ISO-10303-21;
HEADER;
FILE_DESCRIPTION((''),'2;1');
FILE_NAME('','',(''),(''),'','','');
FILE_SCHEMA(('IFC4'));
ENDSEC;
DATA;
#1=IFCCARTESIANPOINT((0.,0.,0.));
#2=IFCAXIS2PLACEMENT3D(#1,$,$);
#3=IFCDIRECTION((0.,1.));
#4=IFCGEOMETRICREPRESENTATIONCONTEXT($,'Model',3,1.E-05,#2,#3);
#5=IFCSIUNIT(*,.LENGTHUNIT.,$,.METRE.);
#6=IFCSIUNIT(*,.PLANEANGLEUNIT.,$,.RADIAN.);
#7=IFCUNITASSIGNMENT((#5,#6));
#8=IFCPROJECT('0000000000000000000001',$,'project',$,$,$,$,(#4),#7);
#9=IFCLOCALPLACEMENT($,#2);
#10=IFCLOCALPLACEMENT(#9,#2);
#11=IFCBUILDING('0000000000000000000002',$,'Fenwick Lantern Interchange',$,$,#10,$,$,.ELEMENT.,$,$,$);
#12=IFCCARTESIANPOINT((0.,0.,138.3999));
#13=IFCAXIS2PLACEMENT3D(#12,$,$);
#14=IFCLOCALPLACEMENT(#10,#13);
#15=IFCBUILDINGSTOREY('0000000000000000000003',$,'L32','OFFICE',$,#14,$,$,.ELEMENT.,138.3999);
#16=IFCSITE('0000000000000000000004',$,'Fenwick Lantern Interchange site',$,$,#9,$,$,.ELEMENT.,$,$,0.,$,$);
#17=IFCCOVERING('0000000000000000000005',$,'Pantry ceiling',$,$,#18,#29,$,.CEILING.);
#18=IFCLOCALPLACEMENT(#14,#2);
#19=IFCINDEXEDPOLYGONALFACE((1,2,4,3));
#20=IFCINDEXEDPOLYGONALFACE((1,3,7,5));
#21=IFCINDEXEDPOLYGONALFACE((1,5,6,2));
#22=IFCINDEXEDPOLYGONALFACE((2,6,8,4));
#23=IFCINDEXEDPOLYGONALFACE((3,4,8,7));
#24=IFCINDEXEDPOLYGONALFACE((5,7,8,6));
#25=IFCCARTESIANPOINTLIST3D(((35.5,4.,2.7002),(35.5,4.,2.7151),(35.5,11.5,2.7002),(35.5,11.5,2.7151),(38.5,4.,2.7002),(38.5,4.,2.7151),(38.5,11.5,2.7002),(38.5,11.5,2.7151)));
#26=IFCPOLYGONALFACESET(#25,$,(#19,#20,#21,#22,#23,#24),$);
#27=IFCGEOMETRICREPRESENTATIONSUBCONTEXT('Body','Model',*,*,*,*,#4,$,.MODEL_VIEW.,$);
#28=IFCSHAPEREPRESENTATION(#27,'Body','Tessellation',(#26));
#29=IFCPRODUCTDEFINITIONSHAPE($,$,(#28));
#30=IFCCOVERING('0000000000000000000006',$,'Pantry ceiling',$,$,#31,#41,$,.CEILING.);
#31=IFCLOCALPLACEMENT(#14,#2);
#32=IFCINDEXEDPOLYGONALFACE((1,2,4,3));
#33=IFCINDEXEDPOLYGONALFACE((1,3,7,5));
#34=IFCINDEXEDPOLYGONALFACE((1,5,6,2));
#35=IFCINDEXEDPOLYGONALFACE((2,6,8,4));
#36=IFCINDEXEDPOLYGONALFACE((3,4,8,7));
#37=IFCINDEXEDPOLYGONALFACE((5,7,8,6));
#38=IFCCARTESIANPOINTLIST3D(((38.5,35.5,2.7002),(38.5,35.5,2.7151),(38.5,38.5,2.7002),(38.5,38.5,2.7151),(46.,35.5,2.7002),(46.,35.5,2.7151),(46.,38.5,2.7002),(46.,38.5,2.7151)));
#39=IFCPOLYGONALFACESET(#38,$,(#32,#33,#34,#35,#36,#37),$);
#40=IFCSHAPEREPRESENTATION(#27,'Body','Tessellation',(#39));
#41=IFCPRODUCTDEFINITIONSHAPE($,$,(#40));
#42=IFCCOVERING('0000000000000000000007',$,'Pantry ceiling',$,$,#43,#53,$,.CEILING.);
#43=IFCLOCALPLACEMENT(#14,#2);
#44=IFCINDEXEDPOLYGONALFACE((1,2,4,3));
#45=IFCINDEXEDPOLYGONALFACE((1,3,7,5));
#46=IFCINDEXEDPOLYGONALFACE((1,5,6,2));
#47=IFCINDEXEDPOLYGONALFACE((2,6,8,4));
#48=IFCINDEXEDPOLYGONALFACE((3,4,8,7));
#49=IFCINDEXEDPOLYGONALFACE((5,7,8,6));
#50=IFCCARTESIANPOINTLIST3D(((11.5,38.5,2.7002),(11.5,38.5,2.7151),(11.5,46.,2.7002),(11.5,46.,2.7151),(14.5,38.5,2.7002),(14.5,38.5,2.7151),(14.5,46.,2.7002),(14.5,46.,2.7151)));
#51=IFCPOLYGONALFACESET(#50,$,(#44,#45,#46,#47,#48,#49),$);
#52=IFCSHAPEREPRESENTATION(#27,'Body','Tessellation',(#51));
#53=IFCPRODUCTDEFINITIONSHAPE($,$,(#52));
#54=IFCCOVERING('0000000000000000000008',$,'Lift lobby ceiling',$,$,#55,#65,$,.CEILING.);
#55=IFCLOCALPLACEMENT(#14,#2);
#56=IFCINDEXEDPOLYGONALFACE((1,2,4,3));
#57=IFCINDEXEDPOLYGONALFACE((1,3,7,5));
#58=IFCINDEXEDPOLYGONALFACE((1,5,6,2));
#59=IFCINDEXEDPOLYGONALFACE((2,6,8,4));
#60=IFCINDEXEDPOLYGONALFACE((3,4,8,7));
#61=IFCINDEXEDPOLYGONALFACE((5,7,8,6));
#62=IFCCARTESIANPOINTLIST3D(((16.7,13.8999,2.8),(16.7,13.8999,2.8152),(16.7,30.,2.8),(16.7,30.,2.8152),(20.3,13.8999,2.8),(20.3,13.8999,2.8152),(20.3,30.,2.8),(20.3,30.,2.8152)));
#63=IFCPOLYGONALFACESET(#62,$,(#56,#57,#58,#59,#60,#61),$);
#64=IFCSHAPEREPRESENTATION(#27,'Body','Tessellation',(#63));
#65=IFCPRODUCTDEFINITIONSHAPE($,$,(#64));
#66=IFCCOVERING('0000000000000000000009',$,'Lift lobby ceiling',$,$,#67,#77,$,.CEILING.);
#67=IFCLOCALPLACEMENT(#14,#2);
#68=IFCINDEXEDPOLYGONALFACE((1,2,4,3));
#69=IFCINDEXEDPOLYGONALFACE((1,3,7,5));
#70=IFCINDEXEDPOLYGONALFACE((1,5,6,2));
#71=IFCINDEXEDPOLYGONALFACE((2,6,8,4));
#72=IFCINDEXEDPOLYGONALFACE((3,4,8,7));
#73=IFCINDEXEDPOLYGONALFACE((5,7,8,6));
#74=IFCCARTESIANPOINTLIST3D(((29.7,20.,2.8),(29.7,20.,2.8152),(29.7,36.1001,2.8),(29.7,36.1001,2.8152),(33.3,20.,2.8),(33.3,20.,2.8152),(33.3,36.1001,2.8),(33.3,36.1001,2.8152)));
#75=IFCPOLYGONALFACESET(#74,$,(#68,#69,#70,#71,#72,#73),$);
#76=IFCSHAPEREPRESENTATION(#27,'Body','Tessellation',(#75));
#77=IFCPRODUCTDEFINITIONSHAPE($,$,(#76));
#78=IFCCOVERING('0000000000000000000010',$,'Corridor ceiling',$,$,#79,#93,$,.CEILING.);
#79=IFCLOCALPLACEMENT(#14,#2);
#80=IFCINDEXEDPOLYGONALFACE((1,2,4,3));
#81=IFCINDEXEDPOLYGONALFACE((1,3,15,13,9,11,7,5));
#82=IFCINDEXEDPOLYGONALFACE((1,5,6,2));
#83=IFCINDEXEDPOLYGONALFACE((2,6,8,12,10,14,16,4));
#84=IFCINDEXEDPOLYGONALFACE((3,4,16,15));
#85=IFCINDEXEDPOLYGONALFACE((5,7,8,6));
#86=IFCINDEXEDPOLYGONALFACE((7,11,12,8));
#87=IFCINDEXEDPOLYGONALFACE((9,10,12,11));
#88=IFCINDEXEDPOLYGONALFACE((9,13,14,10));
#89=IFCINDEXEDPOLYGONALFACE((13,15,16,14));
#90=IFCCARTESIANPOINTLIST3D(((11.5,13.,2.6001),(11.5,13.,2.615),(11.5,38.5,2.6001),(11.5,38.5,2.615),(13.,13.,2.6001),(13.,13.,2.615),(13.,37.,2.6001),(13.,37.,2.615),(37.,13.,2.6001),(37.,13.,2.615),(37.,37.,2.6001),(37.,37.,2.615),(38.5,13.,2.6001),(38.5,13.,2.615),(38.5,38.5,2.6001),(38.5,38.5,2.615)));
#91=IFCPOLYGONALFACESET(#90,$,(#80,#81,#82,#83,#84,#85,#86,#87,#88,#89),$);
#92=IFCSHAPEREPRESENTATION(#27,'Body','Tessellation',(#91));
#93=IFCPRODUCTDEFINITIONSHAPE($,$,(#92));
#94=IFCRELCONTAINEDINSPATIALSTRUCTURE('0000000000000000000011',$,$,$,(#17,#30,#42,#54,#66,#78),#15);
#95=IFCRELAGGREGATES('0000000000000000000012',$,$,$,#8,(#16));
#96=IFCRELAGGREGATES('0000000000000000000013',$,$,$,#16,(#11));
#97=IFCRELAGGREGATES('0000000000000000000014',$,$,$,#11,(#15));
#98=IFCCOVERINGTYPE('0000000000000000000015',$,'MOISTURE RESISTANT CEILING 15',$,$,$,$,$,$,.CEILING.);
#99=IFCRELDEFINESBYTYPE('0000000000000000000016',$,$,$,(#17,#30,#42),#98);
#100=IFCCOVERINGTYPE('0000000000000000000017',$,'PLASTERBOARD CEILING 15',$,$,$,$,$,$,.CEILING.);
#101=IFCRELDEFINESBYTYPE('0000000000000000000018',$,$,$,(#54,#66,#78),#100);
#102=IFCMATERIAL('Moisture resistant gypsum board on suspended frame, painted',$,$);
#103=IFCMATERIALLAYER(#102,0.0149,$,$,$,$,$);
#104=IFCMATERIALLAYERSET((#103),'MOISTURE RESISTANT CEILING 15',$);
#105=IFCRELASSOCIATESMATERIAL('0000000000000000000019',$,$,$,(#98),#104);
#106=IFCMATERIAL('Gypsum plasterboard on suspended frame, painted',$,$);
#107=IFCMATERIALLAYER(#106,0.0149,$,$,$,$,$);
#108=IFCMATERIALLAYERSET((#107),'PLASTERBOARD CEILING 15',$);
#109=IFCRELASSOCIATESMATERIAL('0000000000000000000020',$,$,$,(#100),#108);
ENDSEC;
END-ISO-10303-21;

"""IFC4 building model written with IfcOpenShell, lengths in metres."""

from ifc_helpers import new_model, si_unit, direction, frame, origin, place, context, subcontext, project, spatial, polyline, outline, extrude, material, layer, layer_set, type_object, element, save


model = new_model("IFC4")

# Units and contexts
model_context = context("Model", 3, precision=1e-05, world=origin(), true_north=direction((0.0, 1.0)))
body_context = subcontext(model_context, "Body", "Model", "MODEL_VIEW")
ifc_project = project(units=[si_unit("LENGTHUNIT", "METRE"), si_unit("PLANEANGLEUNIT", "RADIAN")], contexts=[model_context])

# Site, building, storey
site_placement = place(None, origin())
site = spatial("IfcSite", under=ifc_project, at=site_placement, Name="Fenwick Lantern Interchange site", CompositionType="ELEMENT", RefElevation=0.0)
building_placement = place(site_placement, origin())
building = spatial("IfcBuilding", under=site, at=building_placement, Name="Fenwick Lantern Interchange", CompositionType="ELEMENT")
storey_placement = place(building_placement, frame((0.0, 0.0, 138.3999)))
storey = spatial("IfcBuildingStorey", under=building, at=storey_placement, Name="L32", Description="OFFICE", CompositionType="ELEMENT", Elevation=138.3999)

# Coverings
ifc_material_1 = material(Name="Moisture resistant gypsum board on suspended frame, painted")
ifc_layer_1 = layer(ifc_material_1, 0.0149)
ifc_layer_set_1 = layer_set([ifc_layer_1], Name="MOISTURE RESISTANT CEILING 15")
covering_type_1 = type_object("IfcCoveringType", Name="MOISTURE RESISTANT CEILING 15", PredefinedType="CEILING", material=ifc_layer_set_1)
covering_1_placement = place(storey_placement, frame((0.0, 0.0, 2.7002)))
element("IfcCovering", 1, at=covering_1_placement, inside=storey, type_object=covering_type_1, Name="Pantry ceiling", PredefinedType="CEILING", context=body_context, shape_type="SweptSolid", body=[
    extrude(outline(polyline([(35.5, 4.0), (38.5, 4.0), (38.5, 11.5), (35.5, 11.5), (35.5, 4.0)])), origin(), (0.0, 0.0, 1.0), 0.0149),
])
covering_2_placement = place(storey_placement, frame((0.0, 0.0, 2.7002)))
element("IfcCovering", 2, at=covering_2_placement, inside=storey, type_object=covering_type_1, Name="Pantry ceiling", PredefinedType="CEILING", context=body_context, shape_type="SweptSolid", body=[
    extrude(outline(polyline([(46.0, 35.5), (46.0, 38.5), (38.5, 38.5), (38.5, 35.5), (46.0, 35.5)])), origin(), (0.0, 0.0, 1.0), 0.0149),
])
covering_3_placement = place(storey_placement, frame((0.0, 0.0, 2.7002)))
element("IfcCovering", 3, at=covering_3_placement, inside=storey, type_object=covering_type_1, Name="Pantry ceiling", PredefinedType="CEILING", context=body_context, shape_type="SweptSolid", body=[
    extrude(outline(polyline([(14.5, 46.0), (11.5, 46.0), (11.5, 38.5), (14.5, 38.5), (14.5, 46.0)])), origin(), (0.0, 0.0, 1.0), 0.0149),
])
ifc_material_2 = material(Name="Gypsum plasterboard on suspended frame, painted")
ifc_layer_2 = layer(ifc_material_2, 0.0149)
ifc_layer_set_2 = layer_set([ifc_layer_2], Name="PLASTERBOARD CEILING 15")
covering_type_2 = type_object("IfcCoveringType", Name="PLASTERBOARD CEILING 15", PredefinedType="CEILING", material=ifc_layer_set_2)
covering_4_placement = place(storey_placement, frame((0.0, 0.0, 2.8)))
element("IfcCovering", 4, at=covering_4_placement, inside=storey, type_object=covering_type_2, Name="Lift lobby ceiling", PredefinedType="CEILING", context=body_context, shape_type="SweptSolid", body=[
    extrude(outline(polyline([(16.7, 13.8999), (20.3, 13.8999), (20.3, 30.0), (16.7, 30.0), (16.7, 13.8999)])), origin(), (0.0, 0.0, 1.0), 0.0151),
])
covering_5_placement = place(storey_placement, frame((0.0, 0.0, 2.8)))
element("IfcCovering", 5, at=covering_5_placement, inside=storey, type_object=covering_type_2, Name="Lift lobby ceiling", PredefinedType="CEILING", context=body_context, shape_type="SweptSolid", body=[
    extrude(outline(polyline([(33.3, 36.1001), (29.7, 36.1001), (29.7, 20.0), (33.3, 20.0), (33.3, 36.1001)])), origin(), (0.0, 0.0, 1.0), 0.0151),
])
covering_6_placement = place(storey_placement, frame((0.0, 0.0, 2.6001)))
element("IfcCovering", 6, at=covering_6_placement, inside=storey, type_object=covering_type_2, Name="Corridor ceiling", PredefinedType="CEILING", context=body_context, shape_type="SweptSolid", body=[
    extrude(outline(polyline([(38.5, 38.5), (11.5, 38.5), (11.5, 13.0), (13.0, 13.0), (13.0, 37.0), (37.0, 37.0), (37.0, 13.0), (38.5, 13.0), (38.5, 38.5)])), origin(), (0.0, 0.0, 1.0), 0.0149),
])

save(model, "model.ifc")
